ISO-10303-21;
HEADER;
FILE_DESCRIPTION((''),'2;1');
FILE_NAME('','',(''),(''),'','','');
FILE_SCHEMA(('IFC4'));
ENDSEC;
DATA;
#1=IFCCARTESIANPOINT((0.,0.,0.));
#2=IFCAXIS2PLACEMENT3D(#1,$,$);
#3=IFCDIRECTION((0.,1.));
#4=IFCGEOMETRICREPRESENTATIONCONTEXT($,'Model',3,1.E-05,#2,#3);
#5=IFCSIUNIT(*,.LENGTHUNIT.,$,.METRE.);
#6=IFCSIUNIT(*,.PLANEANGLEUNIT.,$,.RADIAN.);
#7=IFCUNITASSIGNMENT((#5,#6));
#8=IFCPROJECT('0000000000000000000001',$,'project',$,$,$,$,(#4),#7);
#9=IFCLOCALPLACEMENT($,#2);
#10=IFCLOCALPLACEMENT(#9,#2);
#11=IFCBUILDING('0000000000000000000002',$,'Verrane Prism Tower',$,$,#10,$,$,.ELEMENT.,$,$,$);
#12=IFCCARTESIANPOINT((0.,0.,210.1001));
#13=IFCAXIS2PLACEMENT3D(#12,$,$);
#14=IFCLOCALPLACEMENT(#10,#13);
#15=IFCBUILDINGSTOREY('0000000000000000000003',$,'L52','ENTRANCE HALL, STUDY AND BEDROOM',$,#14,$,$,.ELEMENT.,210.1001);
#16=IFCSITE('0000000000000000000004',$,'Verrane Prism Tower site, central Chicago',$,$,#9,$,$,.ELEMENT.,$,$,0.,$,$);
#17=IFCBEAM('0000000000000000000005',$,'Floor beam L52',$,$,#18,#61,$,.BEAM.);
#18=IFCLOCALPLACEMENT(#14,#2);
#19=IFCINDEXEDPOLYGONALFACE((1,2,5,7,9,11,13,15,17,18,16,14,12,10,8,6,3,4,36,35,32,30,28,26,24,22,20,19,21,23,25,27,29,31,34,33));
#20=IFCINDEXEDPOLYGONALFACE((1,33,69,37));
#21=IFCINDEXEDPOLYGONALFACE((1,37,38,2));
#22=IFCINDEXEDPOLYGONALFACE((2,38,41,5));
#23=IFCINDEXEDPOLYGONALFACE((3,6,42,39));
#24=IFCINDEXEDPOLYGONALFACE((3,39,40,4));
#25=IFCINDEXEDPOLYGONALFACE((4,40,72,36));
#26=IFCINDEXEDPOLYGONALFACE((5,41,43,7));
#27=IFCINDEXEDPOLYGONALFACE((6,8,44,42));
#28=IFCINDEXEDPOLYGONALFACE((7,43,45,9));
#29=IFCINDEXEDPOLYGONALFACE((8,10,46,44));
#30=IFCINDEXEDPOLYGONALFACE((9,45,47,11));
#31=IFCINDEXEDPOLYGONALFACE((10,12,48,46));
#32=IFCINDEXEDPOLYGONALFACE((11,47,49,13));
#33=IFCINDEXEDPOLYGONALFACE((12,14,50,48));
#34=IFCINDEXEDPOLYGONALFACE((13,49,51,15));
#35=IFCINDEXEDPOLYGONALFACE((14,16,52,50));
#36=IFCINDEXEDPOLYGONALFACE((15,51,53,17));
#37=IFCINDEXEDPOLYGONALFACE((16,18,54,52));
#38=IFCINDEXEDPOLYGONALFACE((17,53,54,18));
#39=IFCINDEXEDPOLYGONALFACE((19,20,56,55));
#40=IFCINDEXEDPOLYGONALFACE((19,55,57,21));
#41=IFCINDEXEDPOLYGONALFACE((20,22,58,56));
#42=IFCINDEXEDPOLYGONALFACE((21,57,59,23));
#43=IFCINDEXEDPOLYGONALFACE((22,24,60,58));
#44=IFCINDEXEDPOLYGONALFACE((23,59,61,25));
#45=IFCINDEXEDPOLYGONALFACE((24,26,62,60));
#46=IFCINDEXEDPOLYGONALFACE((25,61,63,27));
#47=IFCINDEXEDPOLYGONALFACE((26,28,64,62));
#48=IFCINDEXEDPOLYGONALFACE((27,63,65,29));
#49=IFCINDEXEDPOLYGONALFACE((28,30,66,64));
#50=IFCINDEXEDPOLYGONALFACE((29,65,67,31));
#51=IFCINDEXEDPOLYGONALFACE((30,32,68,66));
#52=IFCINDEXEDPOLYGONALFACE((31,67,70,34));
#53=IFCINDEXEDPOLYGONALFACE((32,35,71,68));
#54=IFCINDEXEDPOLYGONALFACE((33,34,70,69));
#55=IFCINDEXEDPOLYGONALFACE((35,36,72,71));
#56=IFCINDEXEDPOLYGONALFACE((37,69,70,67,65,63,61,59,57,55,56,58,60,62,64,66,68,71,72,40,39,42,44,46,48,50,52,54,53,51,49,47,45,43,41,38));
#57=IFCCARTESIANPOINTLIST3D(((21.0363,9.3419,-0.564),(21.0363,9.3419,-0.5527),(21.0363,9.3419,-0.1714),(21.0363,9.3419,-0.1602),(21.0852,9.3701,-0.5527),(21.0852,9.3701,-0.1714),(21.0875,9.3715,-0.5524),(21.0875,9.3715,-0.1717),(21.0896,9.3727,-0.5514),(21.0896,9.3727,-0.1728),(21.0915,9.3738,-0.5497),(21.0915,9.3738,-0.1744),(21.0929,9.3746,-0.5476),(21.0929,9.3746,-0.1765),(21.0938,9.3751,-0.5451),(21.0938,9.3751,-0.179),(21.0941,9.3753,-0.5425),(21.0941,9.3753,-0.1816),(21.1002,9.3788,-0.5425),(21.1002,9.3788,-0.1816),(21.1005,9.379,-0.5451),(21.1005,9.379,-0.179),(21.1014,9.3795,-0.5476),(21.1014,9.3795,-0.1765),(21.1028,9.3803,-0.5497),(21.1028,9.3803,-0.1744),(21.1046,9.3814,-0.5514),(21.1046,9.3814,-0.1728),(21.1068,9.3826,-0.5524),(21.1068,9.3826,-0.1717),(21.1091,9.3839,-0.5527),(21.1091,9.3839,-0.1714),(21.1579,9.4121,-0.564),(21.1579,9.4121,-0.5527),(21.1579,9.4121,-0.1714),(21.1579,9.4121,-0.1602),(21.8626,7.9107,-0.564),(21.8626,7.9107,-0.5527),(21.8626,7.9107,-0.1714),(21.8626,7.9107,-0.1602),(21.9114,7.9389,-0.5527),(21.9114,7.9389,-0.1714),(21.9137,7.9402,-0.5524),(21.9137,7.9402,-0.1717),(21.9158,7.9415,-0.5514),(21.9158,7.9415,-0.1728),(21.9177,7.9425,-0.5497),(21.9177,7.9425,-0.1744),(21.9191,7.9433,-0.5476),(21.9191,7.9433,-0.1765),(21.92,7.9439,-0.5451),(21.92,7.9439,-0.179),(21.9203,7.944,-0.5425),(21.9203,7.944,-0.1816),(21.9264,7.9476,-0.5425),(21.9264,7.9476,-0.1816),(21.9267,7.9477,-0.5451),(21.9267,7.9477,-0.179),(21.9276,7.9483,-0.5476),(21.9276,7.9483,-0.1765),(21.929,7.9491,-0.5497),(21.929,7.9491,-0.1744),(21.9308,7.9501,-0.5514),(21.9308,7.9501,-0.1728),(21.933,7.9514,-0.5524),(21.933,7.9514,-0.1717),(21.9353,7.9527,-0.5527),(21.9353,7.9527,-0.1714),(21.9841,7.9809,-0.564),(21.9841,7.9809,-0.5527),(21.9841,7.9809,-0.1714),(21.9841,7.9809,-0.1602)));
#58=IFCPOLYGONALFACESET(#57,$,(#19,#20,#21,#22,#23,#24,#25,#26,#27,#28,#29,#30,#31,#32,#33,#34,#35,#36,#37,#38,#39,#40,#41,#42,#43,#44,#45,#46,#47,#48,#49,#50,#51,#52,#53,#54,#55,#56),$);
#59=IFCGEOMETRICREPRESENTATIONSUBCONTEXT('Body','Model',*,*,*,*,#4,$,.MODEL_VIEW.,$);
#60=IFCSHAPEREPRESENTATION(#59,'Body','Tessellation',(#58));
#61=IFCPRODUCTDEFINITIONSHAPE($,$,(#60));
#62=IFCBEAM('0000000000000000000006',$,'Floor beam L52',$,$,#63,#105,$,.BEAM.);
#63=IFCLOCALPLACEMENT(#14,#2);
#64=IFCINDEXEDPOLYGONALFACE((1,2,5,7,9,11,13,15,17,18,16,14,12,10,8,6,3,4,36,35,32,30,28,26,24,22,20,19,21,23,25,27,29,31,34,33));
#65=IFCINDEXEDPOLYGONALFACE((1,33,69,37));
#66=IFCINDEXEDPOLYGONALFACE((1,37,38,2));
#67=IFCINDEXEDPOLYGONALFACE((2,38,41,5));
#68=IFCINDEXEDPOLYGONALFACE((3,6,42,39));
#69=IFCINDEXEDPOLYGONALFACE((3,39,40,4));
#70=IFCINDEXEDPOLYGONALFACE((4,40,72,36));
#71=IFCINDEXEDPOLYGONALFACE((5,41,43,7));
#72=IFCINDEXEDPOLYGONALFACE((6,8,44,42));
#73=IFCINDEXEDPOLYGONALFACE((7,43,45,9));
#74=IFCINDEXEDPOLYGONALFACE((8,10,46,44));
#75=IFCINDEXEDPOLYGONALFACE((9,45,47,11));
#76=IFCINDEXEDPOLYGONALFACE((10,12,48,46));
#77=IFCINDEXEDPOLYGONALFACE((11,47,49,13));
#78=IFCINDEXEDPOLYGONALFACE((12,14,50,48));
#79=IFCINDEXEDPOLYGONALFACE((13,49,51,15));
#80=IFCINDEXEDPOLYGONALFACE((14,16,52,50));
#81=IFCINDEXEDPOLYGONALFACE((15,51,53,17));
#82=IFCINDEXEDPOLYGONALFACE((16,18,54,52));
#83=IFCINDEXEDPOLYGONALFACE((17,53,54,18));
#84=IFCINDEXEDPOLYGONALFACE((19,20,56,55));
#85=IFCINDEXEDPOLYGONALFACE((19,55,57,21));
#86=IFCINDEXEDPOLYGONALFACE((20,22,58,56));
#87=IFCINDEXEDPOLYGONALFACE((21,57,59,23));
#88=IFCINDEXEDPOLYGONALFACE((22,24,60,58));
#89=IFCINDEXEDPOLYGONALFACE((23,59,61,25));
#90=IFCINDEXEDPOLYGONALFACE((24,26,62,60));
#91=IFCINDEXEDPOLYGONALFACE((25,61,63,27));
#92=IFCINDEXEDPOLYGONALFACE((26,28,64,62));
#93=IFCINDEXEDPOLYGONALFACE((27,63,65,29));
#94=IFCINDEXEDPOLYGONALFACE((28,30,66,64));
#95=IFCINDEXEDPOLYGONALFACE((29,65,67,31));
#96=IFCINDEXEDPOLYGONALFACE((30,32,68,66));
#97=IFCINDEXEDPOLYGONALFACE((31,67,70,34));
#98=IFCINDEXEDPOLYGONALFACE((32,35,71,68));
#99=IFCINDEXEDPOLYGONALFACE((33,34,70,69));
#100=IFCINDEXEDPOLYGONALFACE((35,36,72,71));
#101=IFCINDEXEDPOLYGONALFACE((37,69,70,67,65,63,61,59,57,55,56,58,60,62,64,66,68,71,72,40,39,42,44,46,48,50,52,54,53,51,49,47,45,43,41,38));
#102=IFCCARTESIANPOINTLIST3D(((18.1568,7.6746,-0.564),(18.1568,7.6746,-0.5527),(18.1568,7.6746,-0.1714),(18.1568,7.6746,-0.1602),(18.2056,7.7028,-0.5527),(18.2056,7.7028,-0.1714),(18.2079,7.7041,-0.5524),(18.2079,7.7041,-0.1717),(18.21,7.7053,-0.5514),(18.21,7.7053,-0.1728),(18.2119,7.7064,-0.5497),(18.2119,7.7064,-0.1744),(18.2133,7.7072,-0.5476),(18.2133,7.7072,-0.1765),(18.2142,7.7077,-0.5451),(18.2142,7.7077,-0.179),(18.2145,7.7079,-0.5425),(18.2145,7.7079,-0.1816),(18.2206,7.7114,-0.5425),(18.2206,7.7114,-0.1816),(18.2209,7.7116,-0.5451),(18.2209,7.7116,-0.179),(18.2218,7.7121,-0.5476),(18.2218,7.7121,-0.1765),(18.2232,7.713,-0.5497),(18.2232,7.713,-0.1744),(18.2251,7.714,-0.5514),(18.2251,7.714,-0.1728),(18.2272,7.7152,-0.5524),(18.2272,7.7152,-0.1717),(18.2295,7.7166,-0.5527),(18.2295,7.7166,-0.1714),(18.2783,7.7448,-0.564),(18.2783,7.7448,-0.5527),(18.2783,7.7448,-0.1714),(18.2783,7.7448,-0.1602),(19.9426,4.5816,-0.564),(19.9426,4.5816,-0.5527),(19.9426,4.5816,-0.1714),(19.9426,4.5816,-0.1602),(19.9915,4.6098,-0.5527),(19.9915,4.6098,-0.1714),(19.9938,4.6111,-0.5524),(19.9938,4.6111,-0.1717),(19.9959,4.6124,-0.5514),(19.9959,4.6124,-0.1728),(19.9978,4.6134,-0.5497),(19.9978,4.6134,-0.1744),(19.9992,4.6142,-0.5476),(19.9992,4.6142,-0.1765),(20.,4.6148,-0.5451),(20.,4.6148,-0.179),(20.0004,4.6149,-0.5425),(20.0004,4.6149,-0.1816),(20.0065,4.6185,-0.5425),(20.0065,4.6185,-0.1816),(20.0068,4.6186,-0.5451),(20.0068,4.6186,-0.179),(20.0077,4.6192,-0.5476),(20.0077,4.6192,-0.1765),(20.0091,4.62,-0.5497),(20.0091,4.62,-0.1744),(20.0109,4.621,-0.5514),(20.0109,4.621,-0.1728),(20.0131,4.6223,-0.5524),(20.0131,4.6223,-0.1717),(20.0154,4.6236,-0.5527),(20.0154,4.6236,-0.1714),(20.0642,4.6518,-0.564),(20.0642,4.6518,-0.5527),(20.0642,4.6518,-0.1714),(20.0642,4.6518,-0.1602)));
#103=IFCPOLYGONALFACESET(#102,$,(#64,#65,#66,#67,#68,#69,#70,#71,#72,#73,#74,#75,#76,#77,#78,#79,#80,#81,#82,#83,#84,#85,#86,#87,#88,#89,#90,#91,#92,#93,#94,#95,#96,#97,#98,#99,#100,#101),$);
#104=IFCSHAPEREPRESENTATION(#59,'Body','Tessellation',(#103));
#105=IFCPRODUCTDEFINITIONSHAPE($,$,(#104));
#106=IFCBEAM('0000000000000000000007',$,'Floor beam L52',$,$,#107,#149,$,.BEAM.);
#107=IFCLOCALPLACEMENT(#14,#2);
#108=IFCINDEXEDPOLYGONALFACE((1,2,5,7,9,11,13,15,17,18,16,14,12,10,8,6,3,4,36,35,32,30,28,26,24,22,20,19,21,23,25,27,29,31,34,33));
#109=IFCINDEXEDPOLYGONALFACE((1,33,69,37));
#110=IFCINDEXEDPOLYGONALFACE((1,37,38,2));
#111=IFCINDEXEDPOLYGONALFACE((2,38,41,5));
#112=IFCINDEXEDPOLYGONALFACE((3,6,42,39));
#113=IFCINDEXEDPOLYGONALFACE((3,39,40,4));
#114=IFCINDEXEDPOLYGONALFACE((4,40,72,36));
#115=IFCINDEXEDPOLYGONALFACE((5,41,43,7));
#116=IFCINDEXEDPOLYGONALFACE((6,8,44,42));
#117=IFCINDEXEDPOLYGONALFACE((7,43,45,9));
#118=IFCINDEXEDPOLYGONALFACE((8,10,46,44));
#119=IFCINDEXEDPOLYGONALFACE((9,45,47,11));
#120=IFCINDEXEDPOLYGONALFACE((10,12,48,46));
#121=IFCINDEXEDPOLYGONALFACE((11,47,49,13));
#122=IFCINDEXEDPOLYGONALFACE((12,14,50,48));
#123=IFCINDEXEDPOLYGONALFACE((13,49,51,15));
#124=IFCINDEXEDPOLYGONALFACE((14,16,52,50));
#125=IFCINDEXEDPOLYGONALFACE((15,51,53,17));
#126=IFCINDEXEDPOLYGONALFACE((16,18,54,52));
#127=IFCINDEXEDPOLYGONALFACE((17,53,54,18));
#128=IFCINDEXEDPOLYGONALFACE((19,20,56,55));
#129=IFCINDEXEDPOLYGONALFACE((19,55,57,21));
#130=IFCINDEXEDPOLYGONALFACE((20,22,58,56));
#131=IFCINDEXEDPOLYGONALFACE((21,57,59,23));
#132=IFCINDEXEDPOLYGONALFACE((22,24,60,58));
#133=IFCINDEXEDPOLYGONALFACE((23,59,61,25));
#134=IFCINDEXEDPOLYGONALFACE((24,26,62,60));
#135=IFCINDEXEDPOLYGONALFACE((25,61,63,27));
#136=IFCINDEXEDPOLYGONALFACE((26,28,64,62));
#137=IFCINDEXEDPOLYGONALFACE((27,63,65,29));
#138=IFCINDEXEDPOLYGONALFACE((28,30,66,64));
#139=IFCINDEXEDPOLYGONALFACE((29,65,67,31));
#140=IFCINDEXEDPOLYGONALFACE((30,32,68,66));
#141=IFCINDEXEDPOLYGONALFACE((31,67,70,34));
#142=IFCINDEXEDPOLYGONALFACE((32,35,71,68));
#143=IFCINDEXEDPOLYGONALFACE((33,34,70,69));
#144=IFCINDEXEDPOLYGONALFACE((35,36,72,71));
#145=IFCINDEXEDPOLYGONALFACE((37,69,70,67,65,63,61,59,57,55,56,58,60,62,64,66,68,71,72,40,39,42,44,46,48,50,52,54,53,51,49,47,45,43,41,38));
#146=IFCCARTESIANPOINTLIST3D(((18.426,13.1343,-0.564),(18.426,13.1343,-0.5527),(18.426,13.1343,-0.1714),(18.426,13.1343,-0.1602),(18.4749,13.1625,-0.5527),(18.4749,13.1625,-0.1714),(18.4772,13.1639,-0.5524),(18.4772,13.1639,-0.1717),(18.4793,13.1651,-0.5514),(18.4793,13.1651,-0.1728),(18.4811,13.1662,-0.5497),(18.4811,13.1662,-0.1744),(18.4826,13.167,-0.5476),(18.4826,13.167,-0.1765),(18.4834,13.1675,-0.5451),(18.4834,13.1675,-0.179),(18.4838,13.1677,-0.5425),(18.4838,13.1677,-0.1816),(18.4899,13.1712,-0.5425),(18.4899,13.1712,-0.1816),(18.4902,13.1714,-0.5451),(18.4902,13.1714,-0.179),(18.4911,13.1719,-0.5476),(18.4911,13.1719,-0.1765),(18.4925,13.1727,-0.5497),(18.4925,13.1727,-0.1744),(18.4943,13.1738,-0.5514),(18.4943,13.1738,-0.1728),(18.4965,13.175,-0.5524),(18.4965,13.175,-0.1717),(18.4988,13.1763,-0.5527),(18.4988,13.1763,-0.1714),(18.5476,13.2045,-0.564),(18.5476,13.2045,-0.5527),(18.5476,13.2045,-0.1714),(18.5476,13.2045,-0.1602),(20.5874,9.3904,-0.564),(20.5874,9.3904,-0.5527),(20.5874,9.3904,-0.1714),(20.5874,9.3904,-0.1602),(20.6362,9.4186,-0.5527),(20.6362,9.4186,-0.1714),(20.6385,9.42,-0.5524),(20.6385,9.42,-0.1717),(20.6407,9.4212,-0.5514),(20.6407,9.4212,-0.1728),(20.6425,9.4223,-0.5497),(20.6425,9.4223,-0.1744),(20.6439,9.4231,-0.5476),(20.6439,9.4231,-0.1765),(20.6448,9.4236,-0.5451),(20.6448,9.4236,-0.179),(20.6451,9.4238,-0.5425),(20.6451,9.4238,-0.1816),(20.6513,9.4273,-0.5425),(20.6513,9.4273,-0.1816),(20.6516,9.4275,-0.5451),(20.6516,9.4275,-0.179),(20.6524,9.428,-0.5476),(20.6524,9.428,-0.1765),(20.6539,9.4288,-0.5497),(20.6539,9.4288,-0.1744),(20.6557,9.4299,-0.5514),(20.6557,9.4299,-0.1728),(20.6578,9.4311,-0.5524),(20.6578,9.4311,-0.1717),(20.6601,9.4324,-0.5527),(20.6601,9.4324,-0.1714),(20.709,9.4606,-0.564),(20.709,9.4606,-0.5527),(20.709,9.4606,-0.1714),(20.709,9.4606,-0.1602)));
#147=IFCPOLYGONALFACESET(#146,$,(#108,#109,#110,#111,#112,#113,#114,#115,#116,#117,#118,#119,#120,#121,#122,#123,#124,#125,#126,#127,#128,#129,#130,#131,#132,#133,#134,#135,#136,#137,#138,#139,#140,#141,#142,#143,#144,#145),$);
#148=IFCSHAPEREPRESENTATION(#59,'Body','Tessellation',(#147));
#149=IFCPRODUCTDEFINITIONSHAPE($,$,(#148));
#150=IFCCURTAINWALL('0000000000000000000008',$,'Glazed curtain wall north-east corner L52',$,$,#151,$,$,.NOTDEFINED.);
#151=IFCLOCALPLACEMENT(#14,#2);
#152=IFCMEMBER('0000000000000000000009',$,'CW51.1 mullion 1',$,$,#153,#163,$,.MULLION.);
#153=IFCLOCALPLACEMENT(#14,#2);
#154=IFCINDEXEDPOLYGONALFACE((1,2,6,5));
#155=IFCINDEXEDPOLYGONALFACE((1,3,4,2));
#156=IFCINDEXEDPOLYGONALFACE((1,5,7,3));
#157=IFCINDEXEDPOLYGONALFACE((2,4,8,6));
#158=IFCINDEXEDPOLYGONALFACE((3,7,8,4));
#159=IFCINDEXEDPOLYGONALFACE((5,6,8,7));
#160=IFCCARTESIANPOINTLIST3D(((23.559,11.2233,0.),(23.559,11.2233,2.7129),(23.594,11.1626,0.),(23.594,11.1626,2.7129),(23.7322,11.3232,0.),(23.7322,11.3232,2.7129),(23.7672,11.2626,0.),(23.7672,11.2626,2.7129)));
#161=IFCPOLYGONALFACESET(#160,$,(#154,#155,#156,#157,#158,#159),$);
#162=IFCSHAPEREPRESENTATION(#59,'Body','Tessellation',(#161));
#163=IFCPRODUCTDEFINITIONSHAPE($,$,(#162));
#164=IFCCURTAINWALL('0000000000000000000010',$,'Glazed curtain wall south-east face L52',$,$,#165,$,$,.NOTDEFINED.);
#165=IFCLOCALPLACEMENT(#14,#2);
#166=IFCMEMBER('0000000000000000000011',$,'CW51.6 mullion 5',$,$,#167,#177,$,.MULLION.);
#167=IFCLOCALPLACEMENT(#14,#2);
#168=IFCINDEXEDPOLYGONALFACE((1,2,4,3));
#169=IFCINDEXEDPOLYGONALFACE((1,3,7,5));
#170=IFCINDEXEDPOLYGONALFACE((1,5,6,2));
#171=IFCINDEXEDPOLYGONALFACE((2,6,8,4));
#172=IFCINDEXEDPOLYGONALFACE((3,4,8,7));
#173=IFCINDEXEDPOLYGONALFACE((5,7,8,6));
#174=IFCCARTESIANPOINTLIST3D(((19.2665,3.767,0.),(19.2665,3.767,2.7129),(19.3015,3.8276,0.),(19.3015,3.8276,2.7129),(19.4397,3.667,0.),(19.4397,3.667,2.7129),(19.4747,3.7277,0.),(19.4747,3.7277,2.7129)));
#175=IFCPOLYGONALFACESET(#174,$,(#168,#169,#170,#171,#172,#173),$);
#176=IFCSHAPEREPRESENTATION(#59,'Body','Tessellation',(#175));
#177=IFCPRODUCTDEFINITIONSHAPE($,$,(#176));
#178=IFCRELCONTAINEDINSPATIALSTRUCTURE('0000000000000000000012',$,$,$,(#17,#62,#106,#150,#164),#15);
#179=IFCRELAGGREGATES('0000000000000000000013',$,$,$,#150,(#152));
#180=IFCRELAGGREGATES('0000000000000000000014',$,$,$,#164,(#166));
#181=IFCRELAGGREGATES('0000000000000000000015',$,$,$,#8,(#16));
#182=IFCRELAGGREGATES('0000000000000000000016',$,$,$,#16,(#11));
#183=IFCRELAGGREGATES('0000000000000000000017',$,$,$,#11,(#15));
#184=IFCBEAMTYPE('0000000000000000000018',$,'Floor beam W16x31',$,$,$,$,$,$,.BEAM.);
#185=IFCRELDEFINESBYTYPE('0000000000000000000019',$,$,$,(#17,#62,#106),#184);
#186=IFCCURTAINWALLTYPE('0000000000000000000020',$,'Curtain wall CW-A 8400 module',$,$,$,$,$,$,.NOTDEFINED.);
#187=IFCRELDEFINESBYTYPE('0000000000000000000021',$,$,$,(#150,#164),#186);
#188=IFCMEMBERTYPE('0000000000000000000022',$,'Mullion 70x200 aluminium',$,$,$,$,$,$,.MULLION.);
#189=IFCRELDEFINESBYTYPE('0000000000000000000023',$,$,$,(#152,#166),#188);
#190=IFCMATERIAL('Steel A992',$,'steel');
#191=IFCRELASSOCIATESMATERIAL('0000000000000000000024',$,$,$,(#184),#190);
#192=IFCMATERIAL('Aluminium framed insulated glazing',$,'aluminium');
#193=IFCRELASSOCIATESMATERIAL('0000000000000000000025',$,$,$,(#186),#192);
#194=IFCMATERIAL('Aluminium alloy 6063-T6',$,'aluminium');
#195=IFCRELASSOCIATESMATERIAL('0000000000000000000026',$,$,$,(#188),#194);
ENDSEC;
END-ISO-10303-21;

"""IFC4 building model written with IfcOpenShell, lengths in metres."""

from ifc_helpers import new_model, si_unit, direction, frame, origin, origin_2d, place, context, subcontext, project, spatial, rectangle, i_section, extrude, material, material_profile, profile_set, type_object, element, aggregate, save


model = new_model("IFC4")

# Units and contexts
model_context = context("Model", 3, precision=1e-05, world=origin(), true_north=direction((0.0, 1.0)))
body_context = subcontext(model_context, "Body", "Model", "MODEL_VIEW")
ifc_project = project(units=[si_unit("LENGTHUNIT", "METRE"), si_unit("PLANEANGLEUNIT", "RADIAN")], contexts=[model_context])

# Site, building, storey
site_placement = place(None, origin())
site = spatial("IfcSite", under=ifc_project, at=site_placement, Name="Verrane Prism Tower site, central Chicago", CompositionType="ELEMENT", RefElevation=0.0)
building_placement = place(site_placement, origin())
building = spatial("IfcBuilding", under=site, at=building_placement, Name="Verrane Prism Tower", CompositionType="ELEMENT")
storey_placement = place(building_placement, frame((0.0, 0.0, 210.1001)))
storey = spatial("IfcBuildingStorey", under=building, at=storey_placement, Name="L52", Description="ENTRANCE HALL, STUDY AND BEDROOM", CompositionType="ELEMENT", Elevation=210.1001)

# Beams
ifc_material_1 = material(Name="Steel A992", Category="steel")
ifc_material_profile_1 = material_profile(ifc_material_1, i_section(OverallWidth=0.1404, OverallDepth=0.4038, WebThickness=0.0071, FlangeThickness=0.0112, FilletRadius=0.0103, at=origin_2d()), Name="W16x31")
ifc_profile_set_1 = profile_set([ifc_material_profile_1], Name="Steel A992")
beam_type_1 = type_object("IfcBeamType", Name="Floor beam W16x31", PredefinedType="BEAM", material=ifc_profile_set_1)
beam_1_placement = place(storey_placement, frame((21.9233, 7.9458, -0.3621), z_axis=(-0.499953, 0.866053, 0.0), x_axis=(-0.866053, -0.499953, 0.0)))
element("IfcBeam", 1, at=beam_1_placement, inside=storey, type_object=beam_type_1, Name="Floor beam L52", PredefinedType="BEAM", context=body_context, shape_type="SweptSolid", body=[
    extrude(i_section(OverallWidth=0.1404, OverallDepth=0.4038, WebThickness=0.0071, FlangeThickness=0.0112, FilletRadius=0.0103, at=origin_2d()), origin(), (0.0, 0.0, 1.0), 1.6526),
])
beam_2_placement = place(storey_placement, frame((20.0034, 4.6167, -0.3621), z_axis=(-0.500028, 0.866009, 0.0), x_axis=(-0.866009, -0.500028, 0.0)))
element("IfcBeam", 2, at=beam_2_placement, inside=storey, type_object=beam_type_1, Name="Floor beam L52", PredefinedType="BEAM", context=body_context, shape_type="SweptSolid", body=[
    extrude(i_section(OverallWidth=0.1404, OverallDepth=0.4038, WebThickness=0.0071, FlangeThickness=0.0112, FilletRadius=0.0103, at=origin_2d()), origin(), (0.0, 0.0, 1.0), 3.5715),
])
beam_3_placement = place(storey_placement, frame((20.6482, 9.4255, -0.3621), z_axis=(-0.499972, 0.866042, 0.0), x_axis=(-0.866042, -0.499972, 0.0)))
element("IfcBeam", 3, at=beam_3_placement, inside=storey, type_object=beam_type_1, Name="Floor beam L52", PredefinedType="BEAM", context=body_context, shape_type="SweptSolid", body=[
    extrude(i_section(OverallWidth=0.1404, OverallDepth=0.4038, WebThickness=0.0071, FlangeThickness=0.0112, FilletRadius=0.0103, at=origin_2d()), origin(), (0.0, 0.0, 1.0), 4.323),
])

# Curtain walls, members
ifc_material_2 = material(Name="Aluminium framed insulated glazing", Category="aluminium")
curtain_wall_type = type_object("IfcCurtainWallType", Name="Curtain wall CW-A 8400 module", PredefinedType="NOTDEFINED", material=ifc_material_2)
curtain_wall_1_placement = place(storey_placement, origin())
curtain_wall_1 = element("IfcCurtainWall", 4, at=curtain_wall_1_placement, inside=storey, type_object=curtain_wall_type, Name="Glazed curtain wall north-east corner L52", PredefinedType="NOTDEFINED")
ifc_material_3 = material(Name="Aluminium alloy 6063-T6", Category="aluminium")
ifc_material_profile_2 = material_profile(ifc_material_3, rectangle(XDim=0.2, YDim=0.0701, at=origin_2d()), Name="Mullion 70x200 aluminium")
ifc_profile_set_2 = profile_set([ifc_material_profile_2], Name="Aluminium alloy 6063-T6")
member_type_1 = type_object("IfcMemberType", Name="Mullion 70x200 aluminium", PredefinedType="MULLION", material=ifc_profile_set_2)
member_1_placement = place(storey_placement, frame((23.6631, 11.2429, 0.0), z_axis=(0.0, 0.0, 1.0), x_axis=(-0.866026, -0.499999, 0.0)))
member_1 = element("IfcMember", 5, at=member_1_placement, type_object=member_type_1, Name="CW51.1 mullion 1", PredefinedType="MULLION", context=body_context, shape_type="SweptSolid", body=[
    extrude(rectangle(XDim=0.2, YDim=0.0701, at=origin_2d()), origin(), (0.0, 0.0, 1.0), 2.7129),
])
curtain_wall_2_placement = place(storey_placement, origin())
curtain_wall_2 = element("IfcCurtainWall", 6, at=curtain_wall_2_placement, inside=storey, type_object=curtain_wall_type, Name="Glazed curtain wall south-east face L52", PredefinedType="NOTDEFINED")
member_2_placement = place(storey_placement, frame((19.3706, 3.7473, 0.0), z_axis=(0.0, 0.0, 1.0), x_axis=(-0.866026, 0.499999, 0.0)))
member_2 = element("IfcMember", 7, at=member_2_placement, type_object=member_type_1, Name="CW51.6 mullion 5", PredefinedType="MULLION", context=body_context, shape_type="SweptSolid", body=[
    extrude(rectangle(XDim=0.2, YDim=0.0701, at=origin_2d()), origin(), (0.0, 0.0, 1.0), 2.7129),
])

aggregate(curtain_wall_1, [member_1])

aggregate(curtain_wall_2, [member_2])

save(model, "model.ifc")
